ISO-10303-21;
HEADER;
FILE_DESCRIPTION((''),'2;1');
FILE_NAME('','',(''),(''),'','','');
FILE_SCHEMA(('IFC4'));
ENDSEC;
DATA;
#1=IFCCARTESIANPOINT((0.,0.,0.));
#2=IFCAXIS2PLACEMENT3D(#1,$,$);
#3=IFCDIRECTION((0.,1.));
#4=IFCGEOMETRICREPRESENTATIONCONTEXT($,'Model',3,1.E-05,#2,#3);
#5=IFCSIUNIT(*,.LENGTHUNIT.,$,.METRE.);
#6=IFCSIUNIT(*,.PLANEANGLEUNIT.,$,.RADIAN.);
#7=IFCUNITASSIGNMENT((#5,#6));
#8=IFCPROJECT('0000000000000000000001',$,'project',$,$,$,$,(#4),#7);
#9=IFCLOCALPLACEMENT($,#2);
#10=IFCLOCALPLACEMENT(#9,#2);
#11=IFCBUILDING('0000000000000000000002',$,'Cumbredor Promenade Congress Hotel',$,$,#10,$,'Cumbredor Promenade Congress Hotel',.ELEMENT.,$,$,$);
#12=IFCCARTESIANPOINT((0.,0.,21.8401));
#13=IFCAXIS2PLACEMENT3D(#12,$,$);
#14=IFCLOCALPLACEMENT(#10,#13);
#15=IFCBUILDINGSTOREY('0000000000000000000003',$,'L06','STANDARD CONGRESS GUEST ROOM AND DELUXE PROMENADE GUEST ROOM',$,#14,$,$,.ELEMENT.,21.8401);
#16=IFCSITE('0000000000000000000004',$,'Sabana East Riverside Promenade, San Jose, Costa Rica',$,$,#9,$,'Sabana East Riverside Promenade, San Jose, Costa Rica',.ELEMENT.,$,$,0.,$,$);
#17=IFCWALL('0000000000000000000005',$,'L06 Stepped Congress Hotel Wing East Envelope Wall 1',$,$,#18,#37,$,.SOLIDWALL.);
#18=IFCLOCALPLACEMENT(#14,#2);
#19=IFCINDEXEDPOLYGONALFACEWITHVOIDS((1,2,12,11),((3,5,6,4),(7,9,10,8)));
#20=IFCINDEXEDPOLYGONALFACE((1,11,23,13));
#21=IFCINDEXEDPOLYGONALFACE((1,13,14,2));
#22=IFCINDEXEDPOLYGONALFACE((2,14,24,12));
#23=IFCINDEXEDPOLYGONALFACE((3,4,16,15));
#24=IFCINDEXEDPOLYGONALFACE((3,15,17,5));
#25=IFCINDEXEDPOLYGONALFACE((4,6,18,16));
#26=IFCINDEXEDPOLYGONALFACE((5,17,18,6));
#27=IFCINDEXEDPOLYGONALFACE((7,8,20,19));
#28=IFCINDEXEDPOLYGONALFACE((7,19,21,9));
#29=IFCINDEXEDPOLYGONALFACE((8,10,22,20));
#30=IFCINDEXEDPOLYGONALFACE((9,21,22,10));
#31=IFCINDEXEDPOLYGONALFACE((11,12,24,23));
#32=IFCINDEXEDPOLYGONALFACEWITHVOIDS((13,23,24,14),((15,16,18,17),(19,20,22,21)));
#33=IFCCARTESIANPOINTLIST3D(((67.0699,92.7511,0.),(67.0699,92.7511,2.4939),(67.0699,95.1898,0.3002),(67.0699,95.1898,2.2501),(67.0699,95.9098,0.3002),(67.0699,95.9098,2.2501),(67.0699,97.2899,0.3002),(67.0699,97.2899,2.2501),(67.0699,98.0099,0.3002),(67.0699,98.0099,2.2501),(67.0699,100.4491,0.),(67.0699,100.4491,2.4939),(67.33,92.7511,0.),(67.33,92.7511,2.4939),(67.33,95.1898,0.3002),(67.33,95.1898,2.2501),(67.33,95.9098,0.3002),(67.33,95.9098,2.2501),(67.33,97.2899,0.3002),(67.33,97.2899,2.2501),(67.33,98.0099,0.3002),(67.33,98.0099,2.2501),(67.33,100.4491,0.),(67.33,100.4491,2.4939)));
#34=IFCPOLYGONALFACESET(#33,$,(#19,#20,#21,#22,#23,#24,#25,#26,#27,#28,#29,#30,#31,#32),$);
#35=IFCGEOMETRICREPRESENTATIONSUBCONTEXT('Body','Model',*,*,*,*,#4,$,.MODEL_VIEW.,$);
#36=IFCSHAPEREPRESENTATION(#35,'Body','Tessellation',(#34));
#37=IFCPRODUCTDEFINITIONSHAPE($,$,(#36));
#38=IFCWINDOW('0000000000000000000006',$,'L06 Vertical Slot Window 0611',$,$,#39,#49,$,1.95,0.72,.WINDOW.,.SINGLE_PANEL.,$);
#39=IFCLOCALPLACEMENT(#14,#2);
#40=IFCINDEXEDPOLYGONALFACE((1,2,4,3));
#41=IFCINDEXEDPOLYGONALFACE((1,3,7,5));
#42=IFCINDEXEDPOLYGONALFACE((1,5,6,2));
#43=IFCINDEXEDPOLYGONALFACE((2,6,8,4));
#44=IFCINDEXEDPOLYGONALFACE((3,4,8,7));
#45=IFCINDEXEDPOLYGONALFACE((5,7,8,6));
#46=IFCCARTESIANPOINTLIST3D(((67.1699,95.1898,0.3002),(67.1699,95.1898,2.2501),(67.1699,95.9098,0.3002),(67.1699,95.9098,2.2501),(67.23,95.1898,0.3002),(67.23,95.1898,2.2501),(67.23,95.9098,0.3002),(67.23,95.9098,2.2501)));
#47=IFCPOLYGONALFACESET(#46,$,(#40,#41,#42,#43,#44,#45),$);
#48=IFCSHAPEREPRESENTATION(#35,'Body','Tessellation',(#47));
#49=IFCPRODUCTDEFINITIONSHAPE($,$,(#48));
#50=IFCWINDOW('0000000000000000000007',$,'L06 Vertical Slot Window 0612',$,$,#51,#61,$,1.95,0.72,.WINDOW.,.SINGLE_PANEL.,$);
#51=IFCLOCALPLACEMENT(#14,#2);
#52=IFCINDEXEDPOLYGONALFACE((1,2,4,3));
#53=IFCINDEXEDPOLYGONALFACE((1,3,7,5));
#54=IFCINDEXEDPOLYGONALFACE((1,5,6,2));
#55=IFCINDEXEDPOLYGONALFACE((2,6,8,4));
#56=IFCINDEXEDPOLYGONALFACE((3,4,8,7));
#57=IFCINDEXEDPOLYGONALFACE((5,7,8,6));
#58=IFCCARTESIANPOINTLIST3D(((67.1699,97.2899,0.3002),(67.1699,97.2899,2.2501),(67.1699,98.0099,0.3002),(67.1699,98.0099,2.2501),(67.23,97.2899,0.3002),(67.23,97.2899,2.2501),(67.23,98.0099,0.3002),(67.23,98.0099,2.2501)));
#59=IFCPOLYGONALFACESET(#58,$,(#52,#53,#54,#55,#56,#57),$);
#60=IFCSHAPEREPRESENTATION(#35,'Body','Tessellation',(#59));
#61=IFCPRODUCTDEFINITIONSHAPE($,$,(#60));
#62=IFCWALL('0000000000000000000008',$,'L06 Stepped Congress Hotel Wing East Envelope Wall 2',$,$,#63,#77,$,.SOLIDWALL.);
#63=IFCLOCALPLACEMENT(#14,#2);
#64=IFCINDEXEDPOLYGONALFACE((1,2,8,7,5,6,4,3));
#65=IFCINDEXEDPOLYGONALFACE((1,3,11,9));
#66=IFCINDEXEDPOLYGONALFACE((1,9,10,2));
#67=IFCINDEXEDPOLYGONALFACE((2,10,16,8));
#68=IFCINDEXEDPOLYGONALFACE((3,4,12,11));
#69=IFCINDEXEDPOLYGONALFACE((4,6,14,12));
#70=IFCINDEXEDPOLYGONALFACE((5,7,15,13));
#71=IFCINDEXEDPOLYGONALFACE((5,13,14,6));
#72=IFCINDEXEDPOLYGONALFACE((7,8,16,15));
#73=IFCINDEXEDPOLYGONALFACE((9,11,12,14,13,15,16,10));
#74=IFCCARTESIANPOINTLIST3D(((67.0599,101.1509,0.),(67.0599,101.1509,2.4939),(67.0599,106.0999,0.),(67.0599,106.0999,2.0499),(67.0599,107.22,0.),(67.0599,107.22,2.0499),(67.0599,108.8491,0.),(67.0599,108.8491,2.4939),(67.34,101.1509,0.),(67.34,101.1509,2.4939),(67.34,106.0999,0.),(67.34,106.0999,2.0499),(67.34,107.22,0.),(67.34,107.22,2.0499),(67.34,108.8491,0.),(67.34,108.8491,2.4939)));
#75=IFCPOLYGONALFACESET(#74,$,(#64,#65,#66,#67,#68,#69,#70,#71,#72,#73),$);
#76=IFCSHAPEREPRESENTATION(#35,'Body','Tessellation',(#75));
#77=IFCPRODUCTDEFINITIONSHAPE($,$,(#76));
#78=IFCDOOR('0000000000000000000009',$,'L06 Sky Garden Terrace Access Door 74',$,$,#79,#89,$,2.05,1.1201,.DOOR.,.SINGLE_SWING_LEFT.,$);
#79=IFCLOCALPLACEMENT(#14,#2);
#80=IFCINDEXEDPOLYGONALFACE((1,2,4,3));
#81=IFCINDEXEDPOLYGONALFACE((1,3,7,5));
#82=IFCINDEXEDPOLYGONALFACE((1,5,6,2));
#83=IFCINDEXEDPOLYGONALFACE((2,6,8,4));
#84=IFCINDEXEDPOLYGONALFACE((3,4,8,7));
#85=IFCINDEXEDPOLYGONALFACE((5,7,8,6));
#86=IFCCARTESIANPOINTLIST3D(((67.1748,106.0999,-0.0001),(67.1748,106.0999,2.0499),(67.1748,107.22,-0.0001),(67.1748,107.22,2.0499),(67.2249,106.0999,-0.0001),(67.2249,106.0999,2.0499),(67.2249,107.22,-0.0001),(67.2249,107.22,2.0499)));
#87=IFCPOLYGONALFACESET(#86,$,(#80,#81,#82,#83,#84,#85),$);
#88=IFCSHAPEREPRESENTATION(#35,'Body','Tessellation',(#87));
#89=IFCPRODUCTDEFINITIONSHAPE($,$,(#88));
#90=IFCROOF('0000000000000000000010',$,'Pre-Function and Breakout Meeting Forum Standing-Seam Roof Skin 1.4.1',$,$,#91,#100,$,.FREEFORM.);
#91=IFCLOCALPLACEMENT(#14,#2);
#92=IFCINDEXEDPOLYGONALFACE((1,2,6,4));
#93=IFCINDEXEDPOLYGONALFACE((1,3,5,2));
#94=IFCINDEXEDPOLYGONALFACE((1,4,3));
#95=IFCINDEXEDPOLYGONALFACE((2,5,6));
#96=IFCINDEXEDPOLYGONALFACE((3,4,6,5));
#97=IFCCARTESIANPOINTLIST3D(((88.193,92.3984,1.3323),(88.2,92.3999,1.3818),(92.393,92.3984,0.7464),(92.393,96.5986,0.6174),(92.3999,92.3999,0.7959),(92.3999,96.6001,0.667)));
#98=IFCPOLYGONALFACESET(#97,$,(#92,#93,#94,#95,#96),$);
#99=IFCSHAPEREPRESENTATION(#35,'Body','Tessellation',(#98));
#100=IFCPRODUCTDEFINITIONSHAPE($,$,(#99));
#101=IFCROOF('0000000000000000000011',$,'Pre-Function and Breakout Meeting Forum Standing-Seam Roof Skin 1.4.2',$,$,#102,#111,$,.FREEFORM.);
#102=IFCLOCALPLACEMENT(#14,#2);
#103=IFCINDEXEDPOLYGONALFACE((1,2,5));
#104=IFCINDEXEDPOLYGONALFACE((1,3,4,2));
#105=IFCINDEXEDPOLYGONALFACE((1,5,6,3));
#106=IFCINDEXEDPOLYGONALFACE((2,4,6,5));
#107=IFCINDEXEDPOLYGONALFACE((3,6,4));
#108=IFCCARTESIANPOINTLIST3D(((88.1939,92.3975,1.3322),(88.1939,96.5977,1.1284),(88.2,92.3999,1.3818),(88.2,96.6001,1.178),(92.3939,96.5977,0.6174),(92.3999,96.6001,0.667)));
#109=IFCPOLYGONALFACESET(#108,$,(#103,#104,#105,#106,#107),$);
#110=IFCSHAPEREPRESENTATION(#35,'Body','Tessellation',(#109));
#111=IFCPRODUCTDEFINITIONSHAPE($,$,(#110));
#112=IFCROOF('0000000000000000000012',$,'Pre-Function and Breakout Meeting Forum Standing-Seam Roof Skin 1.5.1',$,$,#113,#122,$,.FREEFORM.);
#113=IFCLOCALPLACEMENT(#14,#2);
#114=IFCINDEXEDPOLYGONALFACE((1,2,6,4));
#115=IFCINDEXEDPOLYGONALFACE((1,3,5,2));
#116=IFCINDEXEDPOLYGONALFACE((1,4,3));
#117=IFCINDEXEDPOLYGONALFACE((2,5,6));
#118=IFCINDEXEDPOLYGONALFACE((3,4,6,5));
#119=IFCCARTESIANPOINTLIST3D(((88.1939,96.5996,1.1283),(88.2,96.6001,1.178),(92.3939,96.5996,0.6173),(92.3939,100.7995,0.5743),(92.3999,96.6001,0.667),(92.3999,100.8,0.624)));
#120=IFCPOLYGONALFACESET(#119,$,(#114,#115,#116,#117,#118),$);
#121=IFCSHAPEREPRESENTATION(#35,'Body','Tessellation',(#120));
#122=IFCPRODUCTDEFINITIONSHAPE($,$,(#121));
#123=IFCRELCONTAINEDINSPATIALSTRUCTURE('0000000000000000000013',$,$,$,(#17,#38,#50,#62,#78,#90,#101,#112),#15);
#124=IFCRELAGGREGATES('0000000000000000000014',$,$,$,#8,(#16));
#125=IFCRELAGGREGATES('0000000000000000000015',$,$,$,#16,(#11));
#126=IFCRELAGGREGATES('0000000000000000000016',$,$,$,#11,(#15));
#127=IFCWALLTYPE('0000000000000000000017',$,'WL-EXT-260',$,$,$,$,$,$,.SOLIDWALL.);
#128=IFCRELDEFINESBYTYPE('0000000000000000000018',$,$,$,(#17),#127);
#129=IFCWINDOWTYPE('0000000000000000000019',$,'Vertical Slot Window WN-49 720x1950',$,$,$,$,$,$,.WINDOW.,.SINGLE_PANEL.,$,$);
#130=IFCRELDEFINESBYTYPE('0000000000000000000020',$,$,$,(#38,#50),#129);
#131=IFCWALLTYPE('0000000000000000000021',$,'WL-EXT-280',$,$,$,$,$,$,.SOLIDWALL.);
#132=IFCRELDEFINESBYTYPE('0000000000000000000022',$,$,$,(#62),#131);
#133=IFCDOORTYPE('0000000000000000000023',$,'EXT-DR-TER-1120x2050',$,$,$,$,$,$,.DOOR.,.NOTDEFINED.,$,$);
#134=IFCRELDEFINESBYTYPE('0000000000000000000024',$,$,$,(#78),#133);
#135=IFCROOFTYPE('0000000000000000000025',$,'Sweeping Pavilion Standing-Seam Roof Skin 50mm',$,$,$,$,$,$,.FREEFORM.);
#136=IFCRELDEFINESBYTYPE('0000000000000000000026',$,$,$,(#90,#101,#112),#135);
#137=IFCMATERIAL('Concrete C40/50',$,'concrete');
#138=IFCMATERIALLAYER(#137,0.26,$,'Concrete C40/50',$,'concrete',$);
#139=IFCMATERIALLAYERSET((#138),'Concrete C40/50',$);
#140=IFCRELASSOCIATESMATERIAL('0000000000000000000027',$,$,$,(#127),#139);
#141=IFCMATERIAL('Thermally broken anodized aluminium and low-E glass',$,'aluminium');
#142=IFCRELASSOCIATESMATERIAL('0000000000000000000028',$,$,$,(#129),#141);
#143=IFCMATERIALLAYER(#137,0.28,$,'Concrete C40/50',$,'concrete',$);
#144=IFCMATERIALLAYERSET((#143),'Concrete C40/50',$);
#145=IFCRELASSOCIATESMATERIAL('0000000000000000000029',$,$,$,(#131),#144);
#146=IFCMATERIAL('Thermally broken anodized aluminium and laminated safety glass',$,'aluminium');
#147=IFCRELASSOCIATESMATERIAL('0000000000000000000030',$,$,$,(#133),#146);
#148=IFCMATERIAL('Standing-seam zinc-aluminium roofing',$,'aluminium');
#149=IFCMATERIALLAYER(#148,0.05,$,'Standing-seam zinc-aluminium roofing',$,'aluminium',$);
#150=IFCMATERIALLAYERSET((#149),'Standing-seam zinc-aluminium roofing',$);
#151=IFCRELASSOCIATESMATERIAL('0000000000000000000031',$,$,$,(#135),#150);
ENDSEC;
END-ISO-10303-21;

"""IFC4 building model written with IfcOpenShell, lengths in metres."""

from ifc_helpers import new_model, si_unit, direction, frame, frame_2d, origin, place, context, subcontext, project, spatial, polyline, rectangle, outline, extrude, material, layer, layer_set, type_object, element, fill, save


model = new_model("IFC4")

# Units and contexts
model_context = context("Model", 3, precision=1e-05, world=origin(), true_north=direction((0.0, 1.0)))
body_context = subcontext(model_context, "Body", "Model", "MODEL_VIEW")
ifc_project = project(units=[si_unit("LENGTHUNIT", "METRE"), si_unit("PLANEANGLEUNIT", "RADIAN")], contexts=[model_context])

# Site, building, storey
site_placement = place(None, origin())
site = spatial("IfcSite", under=ifc_project, at=site_placement, Name="Sabana East Riverside Promenade, San Jose, Costa Rica", LongName="Sabana East Riverside Promenade, San Jose, Costa Rica", CompositionType="ELEMENT", RefElevation=0.0)
building_placement = place(site_placement, origin())
building = spatial("IfcBuilding", under=site, at=building_placement, Name="Cumbredor Promenade Congress Hotel", LongName="Cumbredor Promenade Congress Hotel", CompositionType="ELEMENT")
storey_placement = place(building_placement, frame((0.0, 0.0, 21.8401)))
storey = spatial("IfcBuildingStorey", under=building, at=storey_placement, Name="L06", Description="STANDARD CONGRESS GUEST ROOM AND DELUXE PROMENADE GUEST ROOM", CompositionType="ELEMENT", Elevation=21.8401)

# Shared definitions
ifc_material_1 = material(Name="Thermally broken anodized aluminium and low-E glass", Category="aluminium")

# Shared definitions
ifc_material_2 = material(Name="Concrete C40/50", Category="concrete")

# Wall, openings, windows
ifc_layer_1 = layer(ifc_material_2, 0.26, Name="Concrete C40/50", Category="concrete")
ifc_layer_set_1 = layer_set([ifc_layer_1], Name="Concrete C40/50")
wall_type_1 = type_object("IfcWallType", Name="WL-EXT-260", PredefinedType="SOLIDWALL", material=ifc_layer_set_1)
wall_1_placement = place(storey_placement, frame((67.2, 92.751, 0.0), z_axis=(0.0, 0.0, 1.0), x_axis=(0.0, 1.0, 0.0)))
wall_1 = element("IfcWall", 1, at=wall_1_placement, inside=storey, type_object=wall_type_1, Name="L06 Stepped Congress Hotel Wing East Envelope Wall 1", PredefinedType="SOLIDWALL", context=body_context, shape_type="SweptSolid", body=[
    extrude(rectangle(XDim=7.698, YDim=0.26, at=frame_2d((3.8491, 0.0))), origin(), (0.0, 0.0, 1.0), 2.4939),
])
opening_1_placement = place(wall_1_placement, frame((2.439, 0.0, 0.3)))
opening_1 = element("IfcOpeningElement", 2, at=opening_1_placement, cuts=wall_1, PredefinedType="OPENING", context=body_context, shape_type="SweptSolid", body=[
    extrude(rectangle(XDim=0.72, YDim=1.95, at=frame_2d((0.3599, 0.9751))), frame((0.0, 0.1401, 0.0), z_axis=(0.0, -1.0, 0.0), x_axis=(1.0, 0.0, 0.0)), (0.0, 0.0, 1.0), 0.28),
])
opening_2_placement = place(wall_1_placement, frame((4.5391, 0.0, 0.3)))
opening_2 = element("IfcOpeningElement", 3, at=opening_2_placement, cuts=wall_1, PredefinedType="OPENING", context=body_context, shape_type="SweptSolid", body=[
    extrude(rectangle(XDim=0.72, YDim=1.95, at=frame_2d((0.3599, 0.9751))), frame((0.0, 0.1401, 0.0), z_axis=(0.0, -1.0, 0.0), x_axis=(1.0, 0.0, 0.0)), (0.0, 0.0, 1.0), 0.28),
])
window_type = type_object("IfcWindowType", Name="Vertical Slot Window WN-49 720x1950", PartitioningType="SINGLE_PANEL", PredefinedType="WINDOW", material=ifc_material_1)
window_1_placement = place(opening_1_placement, origin())
window_1 = element("IfcWindow", 4, at=window_1_placement, inside=storey, type_object=window_type, Name="L06 Vertical Slot Window 0611", OverallHeight=1.95, OverallWidth=0.72, PartitioningType="SINGLE_PANEL", PredefinedType="WINDOW", context=body_context, shape_type="SweptSolid", body=[
    extrude(rectangle(XDim=0.72, YDim=1.95, at=frame_2d((0.3599, 0.9751))), frame((0.0, 0.03, 0.0), z_axis=(0.0, -1.0, 0.0), x_axis=(1.0, 0.0, 0.0)), (0.0, 0.0, 1.0), 0.0601),
])
fill(opening_1, window_1)
window_2_placement = place(opening_2_placement, origin())
window_2 = element("IfcWindow", 5, at=window_2_placement, inside=storey, type_object=window_type, Name="L06 Vertical Slot Window 0612", OverallHeight=1.95, OverallWidth=0.72, PartitioningType="SINGLE_PANEL", PredefinedType="WINDOW", context=body_context, shape_type="SweptSolid", body=[
    extrude(rectangle(XDim=0.72, YDim=1.95, at=frame_2d((0.3599, 0.9751))), frame((0.0, 0.03, 0.0), z_axis=(0.0, -1.0, 0.0), x_axis=(1.0, 0.0, 0.0)), (0.0, 0.0, 1.0), 0.0601),
])
fill(opening_2, window_2)

# Wall, opening, door
ifc_layer_2 = layer(ifc_material_2, 0.28, Name="Concrete C40/50", Category="concrete")
ifc_layer_set_2 = layer_set([ifc_layer_2], Name="Concrete C40/50")
wall_type_2 = type_object("IfcWallType", Name="WL-EXT-280", PredefinedType="SOLIDWALL", material=ifc_layer_set_2)
wall_2_placement = place(storey_placement, frame((67.2, 101.1509, 0.0), z_axis=(0.0, 0.0, 1.0), x_axis=(0.0, 1.0, 0.0)))
wall_2 = element("IfcWall", 6, at=wall_2_placement, inside=storey, type_object=wall_type_2, Name="L06 Stepped Congress Hotel Wing East Envelope Wall 2", PredefinedType="SOLIDWALL", context=body_context, shape_type="SweptSolid", body=[
    extrude(rectangle(XDim=7.6982, YDim=0.28, at=frame_2d((3.8491, 0.0))), origin(), (0.0, 0.0, 1.0), 2.4939),
])
opening_3_placement = place(wall_2_placement, frame((4.949, 0.0, 0.0)))
opening_3 = element("IfcOpeningElement", 7, at=opening_3_placement, cuts=wall_2, PredefinedType="OPENING", context=body_context, shape_type="SweptSolid", body=[
    extrude(rectangle(XDim=1.1201, YDim=2.05, at=frame_2d((0.5601, 1.0249))), frame((0.0, 0.1499, 0.0), z_axis=(0.0, -1.0, 0.0), x_axis=(1.0, 0.0, 0.0)), (0.0, 0.0, 1.0), 0.3),
])
ifc_material_3 = material(Name="Thermally broken anodized aluminium and laminated safety glass", Category="aluminium")
door_type = type_object("IfcDoorType", Name="EXT-DR-TER-1120x2050", OperationType="NOTDEFINED", PredefinedType="DOOR", material=ifc_material_3)
door_placement = place(opening_3_placement, frame((1.1201, 0.0, 0.0), z_axis=(0.0, 0.0, 1.0), x_axis=(-1.0, 0.0, 0.0)))
door = element("IfcDoor", 8, at=door_placement, inside=storey, type_object=door_type, Name="L06 Sky Garden Terrace Access Door 74", OperationType="SINGLE_SWING_LEFT", OverallHeight=2.05, OverallWidth=1.1201, PredefinedType="DOOR", context=body_context, shape_type="SweptSolid", body=[
    extrude(rectangle(XDim=1.1201, YDim=2.05, at=frame_2d((0.5601, 1.0249))), frame((0.0, 0.0249, 0.0), z_axis=(0.0, -1.0, 0.0), x_axis=(1.0, 0.0, 0.0)), (0.0, 0.0, 1.0), 0.05),
])
fill(opening_3, door)

# Roofs
ifc_material_4 = material(Name="Standing-seam zinc-aluminium roofing", Category="aluminium")
ifc_layer_3 = layer(ifc_material_4, 0.05, Name="Standing-seam zinc-aluminium roofing", Category="aluminium")
ifc_layer_set_3 = layer_set([ifc_layer_3], Name="Standing-seam zinc-aluminium roofing")
roof_type = type_object("IfcRoofType", Name="Sweeping Pavilion Standing-Seam Roof Skin 50mm", PredefinedType="FREEFORM", material=ifc_layer_set_3)
roof_1_placement = place(storey_placement, frame((88.2, 92.3999, 1.3818), z_axis=(0.138109, 0.030382, 0.989951), x_axis=(0.990408, 0.0, -0.138172)))
element("IfcRoof", 9, at=roof_1_placement, inside=storey, type_object=roof_type, Name="Pre-Function and Breakout Meeting Forum Standing-Seam Roof Skin 1.4.1", PredefinedType="FREEFORM", context=body_context, shape_type="SweptSolid", body=[
    extrude(outline(polyline([(0.0, 0.0), (4.2406, 0.0), (4.2584, 4.2021), (0.0, 0.0)])), origin(), (0.0, 0.0, -1.0), 0.05),
])
roof_2_placement = place(storey_placement, frame((88.2, 92.3999, 1.3818), z_axis=(0.120634, 0.048124, 0.99153), x_axis=(0.702021, 0.702061, -0.119486)))
element("IfcRoof", 10, at=roof_2_placement, inside=storey, type_object=roof_type, Name="Pre-Function and Breakout Meeting Forum Standing-Seam Roof Skin 1.4.2", PredefinedType="FREEFORM", context=body_context, shape_type="SweptSolid", body=[
    extrude(outline(polyline([(0.0, 0.0), (5.9827, 0.0), (2.9732, 2.9738), (0.0, 0.0)])), origin(), (0.0, 0.0, -1.0), 0.05),
])
roof_3_placement = place(storey_placement, frame((88.2, 96.6001, 1.178), z_axis=(0.120768, 0.010155, 0.992629), x_axis=(0.99268, 0.0, -0.120774)))
element("IfcRoof", 11, at=roof_3_placement, inside=storey, type_object=roof_type, Name="Pre-Function and Breakout Meeting Forum Standing-Seam Roof Skin 1.5.1", PredefinedType="FREEFORM", context=body_context, shape_type="SweptSolid", body=[
    extrude(outline(polyline([(0.0, 0.0), (4.2309, 0.0), (4.2361, 4.2002), (0.0, 0.0)])), origin(), (0.0, 0.0, -1.0), 0.05),
])

save(model, "model.ifc")
